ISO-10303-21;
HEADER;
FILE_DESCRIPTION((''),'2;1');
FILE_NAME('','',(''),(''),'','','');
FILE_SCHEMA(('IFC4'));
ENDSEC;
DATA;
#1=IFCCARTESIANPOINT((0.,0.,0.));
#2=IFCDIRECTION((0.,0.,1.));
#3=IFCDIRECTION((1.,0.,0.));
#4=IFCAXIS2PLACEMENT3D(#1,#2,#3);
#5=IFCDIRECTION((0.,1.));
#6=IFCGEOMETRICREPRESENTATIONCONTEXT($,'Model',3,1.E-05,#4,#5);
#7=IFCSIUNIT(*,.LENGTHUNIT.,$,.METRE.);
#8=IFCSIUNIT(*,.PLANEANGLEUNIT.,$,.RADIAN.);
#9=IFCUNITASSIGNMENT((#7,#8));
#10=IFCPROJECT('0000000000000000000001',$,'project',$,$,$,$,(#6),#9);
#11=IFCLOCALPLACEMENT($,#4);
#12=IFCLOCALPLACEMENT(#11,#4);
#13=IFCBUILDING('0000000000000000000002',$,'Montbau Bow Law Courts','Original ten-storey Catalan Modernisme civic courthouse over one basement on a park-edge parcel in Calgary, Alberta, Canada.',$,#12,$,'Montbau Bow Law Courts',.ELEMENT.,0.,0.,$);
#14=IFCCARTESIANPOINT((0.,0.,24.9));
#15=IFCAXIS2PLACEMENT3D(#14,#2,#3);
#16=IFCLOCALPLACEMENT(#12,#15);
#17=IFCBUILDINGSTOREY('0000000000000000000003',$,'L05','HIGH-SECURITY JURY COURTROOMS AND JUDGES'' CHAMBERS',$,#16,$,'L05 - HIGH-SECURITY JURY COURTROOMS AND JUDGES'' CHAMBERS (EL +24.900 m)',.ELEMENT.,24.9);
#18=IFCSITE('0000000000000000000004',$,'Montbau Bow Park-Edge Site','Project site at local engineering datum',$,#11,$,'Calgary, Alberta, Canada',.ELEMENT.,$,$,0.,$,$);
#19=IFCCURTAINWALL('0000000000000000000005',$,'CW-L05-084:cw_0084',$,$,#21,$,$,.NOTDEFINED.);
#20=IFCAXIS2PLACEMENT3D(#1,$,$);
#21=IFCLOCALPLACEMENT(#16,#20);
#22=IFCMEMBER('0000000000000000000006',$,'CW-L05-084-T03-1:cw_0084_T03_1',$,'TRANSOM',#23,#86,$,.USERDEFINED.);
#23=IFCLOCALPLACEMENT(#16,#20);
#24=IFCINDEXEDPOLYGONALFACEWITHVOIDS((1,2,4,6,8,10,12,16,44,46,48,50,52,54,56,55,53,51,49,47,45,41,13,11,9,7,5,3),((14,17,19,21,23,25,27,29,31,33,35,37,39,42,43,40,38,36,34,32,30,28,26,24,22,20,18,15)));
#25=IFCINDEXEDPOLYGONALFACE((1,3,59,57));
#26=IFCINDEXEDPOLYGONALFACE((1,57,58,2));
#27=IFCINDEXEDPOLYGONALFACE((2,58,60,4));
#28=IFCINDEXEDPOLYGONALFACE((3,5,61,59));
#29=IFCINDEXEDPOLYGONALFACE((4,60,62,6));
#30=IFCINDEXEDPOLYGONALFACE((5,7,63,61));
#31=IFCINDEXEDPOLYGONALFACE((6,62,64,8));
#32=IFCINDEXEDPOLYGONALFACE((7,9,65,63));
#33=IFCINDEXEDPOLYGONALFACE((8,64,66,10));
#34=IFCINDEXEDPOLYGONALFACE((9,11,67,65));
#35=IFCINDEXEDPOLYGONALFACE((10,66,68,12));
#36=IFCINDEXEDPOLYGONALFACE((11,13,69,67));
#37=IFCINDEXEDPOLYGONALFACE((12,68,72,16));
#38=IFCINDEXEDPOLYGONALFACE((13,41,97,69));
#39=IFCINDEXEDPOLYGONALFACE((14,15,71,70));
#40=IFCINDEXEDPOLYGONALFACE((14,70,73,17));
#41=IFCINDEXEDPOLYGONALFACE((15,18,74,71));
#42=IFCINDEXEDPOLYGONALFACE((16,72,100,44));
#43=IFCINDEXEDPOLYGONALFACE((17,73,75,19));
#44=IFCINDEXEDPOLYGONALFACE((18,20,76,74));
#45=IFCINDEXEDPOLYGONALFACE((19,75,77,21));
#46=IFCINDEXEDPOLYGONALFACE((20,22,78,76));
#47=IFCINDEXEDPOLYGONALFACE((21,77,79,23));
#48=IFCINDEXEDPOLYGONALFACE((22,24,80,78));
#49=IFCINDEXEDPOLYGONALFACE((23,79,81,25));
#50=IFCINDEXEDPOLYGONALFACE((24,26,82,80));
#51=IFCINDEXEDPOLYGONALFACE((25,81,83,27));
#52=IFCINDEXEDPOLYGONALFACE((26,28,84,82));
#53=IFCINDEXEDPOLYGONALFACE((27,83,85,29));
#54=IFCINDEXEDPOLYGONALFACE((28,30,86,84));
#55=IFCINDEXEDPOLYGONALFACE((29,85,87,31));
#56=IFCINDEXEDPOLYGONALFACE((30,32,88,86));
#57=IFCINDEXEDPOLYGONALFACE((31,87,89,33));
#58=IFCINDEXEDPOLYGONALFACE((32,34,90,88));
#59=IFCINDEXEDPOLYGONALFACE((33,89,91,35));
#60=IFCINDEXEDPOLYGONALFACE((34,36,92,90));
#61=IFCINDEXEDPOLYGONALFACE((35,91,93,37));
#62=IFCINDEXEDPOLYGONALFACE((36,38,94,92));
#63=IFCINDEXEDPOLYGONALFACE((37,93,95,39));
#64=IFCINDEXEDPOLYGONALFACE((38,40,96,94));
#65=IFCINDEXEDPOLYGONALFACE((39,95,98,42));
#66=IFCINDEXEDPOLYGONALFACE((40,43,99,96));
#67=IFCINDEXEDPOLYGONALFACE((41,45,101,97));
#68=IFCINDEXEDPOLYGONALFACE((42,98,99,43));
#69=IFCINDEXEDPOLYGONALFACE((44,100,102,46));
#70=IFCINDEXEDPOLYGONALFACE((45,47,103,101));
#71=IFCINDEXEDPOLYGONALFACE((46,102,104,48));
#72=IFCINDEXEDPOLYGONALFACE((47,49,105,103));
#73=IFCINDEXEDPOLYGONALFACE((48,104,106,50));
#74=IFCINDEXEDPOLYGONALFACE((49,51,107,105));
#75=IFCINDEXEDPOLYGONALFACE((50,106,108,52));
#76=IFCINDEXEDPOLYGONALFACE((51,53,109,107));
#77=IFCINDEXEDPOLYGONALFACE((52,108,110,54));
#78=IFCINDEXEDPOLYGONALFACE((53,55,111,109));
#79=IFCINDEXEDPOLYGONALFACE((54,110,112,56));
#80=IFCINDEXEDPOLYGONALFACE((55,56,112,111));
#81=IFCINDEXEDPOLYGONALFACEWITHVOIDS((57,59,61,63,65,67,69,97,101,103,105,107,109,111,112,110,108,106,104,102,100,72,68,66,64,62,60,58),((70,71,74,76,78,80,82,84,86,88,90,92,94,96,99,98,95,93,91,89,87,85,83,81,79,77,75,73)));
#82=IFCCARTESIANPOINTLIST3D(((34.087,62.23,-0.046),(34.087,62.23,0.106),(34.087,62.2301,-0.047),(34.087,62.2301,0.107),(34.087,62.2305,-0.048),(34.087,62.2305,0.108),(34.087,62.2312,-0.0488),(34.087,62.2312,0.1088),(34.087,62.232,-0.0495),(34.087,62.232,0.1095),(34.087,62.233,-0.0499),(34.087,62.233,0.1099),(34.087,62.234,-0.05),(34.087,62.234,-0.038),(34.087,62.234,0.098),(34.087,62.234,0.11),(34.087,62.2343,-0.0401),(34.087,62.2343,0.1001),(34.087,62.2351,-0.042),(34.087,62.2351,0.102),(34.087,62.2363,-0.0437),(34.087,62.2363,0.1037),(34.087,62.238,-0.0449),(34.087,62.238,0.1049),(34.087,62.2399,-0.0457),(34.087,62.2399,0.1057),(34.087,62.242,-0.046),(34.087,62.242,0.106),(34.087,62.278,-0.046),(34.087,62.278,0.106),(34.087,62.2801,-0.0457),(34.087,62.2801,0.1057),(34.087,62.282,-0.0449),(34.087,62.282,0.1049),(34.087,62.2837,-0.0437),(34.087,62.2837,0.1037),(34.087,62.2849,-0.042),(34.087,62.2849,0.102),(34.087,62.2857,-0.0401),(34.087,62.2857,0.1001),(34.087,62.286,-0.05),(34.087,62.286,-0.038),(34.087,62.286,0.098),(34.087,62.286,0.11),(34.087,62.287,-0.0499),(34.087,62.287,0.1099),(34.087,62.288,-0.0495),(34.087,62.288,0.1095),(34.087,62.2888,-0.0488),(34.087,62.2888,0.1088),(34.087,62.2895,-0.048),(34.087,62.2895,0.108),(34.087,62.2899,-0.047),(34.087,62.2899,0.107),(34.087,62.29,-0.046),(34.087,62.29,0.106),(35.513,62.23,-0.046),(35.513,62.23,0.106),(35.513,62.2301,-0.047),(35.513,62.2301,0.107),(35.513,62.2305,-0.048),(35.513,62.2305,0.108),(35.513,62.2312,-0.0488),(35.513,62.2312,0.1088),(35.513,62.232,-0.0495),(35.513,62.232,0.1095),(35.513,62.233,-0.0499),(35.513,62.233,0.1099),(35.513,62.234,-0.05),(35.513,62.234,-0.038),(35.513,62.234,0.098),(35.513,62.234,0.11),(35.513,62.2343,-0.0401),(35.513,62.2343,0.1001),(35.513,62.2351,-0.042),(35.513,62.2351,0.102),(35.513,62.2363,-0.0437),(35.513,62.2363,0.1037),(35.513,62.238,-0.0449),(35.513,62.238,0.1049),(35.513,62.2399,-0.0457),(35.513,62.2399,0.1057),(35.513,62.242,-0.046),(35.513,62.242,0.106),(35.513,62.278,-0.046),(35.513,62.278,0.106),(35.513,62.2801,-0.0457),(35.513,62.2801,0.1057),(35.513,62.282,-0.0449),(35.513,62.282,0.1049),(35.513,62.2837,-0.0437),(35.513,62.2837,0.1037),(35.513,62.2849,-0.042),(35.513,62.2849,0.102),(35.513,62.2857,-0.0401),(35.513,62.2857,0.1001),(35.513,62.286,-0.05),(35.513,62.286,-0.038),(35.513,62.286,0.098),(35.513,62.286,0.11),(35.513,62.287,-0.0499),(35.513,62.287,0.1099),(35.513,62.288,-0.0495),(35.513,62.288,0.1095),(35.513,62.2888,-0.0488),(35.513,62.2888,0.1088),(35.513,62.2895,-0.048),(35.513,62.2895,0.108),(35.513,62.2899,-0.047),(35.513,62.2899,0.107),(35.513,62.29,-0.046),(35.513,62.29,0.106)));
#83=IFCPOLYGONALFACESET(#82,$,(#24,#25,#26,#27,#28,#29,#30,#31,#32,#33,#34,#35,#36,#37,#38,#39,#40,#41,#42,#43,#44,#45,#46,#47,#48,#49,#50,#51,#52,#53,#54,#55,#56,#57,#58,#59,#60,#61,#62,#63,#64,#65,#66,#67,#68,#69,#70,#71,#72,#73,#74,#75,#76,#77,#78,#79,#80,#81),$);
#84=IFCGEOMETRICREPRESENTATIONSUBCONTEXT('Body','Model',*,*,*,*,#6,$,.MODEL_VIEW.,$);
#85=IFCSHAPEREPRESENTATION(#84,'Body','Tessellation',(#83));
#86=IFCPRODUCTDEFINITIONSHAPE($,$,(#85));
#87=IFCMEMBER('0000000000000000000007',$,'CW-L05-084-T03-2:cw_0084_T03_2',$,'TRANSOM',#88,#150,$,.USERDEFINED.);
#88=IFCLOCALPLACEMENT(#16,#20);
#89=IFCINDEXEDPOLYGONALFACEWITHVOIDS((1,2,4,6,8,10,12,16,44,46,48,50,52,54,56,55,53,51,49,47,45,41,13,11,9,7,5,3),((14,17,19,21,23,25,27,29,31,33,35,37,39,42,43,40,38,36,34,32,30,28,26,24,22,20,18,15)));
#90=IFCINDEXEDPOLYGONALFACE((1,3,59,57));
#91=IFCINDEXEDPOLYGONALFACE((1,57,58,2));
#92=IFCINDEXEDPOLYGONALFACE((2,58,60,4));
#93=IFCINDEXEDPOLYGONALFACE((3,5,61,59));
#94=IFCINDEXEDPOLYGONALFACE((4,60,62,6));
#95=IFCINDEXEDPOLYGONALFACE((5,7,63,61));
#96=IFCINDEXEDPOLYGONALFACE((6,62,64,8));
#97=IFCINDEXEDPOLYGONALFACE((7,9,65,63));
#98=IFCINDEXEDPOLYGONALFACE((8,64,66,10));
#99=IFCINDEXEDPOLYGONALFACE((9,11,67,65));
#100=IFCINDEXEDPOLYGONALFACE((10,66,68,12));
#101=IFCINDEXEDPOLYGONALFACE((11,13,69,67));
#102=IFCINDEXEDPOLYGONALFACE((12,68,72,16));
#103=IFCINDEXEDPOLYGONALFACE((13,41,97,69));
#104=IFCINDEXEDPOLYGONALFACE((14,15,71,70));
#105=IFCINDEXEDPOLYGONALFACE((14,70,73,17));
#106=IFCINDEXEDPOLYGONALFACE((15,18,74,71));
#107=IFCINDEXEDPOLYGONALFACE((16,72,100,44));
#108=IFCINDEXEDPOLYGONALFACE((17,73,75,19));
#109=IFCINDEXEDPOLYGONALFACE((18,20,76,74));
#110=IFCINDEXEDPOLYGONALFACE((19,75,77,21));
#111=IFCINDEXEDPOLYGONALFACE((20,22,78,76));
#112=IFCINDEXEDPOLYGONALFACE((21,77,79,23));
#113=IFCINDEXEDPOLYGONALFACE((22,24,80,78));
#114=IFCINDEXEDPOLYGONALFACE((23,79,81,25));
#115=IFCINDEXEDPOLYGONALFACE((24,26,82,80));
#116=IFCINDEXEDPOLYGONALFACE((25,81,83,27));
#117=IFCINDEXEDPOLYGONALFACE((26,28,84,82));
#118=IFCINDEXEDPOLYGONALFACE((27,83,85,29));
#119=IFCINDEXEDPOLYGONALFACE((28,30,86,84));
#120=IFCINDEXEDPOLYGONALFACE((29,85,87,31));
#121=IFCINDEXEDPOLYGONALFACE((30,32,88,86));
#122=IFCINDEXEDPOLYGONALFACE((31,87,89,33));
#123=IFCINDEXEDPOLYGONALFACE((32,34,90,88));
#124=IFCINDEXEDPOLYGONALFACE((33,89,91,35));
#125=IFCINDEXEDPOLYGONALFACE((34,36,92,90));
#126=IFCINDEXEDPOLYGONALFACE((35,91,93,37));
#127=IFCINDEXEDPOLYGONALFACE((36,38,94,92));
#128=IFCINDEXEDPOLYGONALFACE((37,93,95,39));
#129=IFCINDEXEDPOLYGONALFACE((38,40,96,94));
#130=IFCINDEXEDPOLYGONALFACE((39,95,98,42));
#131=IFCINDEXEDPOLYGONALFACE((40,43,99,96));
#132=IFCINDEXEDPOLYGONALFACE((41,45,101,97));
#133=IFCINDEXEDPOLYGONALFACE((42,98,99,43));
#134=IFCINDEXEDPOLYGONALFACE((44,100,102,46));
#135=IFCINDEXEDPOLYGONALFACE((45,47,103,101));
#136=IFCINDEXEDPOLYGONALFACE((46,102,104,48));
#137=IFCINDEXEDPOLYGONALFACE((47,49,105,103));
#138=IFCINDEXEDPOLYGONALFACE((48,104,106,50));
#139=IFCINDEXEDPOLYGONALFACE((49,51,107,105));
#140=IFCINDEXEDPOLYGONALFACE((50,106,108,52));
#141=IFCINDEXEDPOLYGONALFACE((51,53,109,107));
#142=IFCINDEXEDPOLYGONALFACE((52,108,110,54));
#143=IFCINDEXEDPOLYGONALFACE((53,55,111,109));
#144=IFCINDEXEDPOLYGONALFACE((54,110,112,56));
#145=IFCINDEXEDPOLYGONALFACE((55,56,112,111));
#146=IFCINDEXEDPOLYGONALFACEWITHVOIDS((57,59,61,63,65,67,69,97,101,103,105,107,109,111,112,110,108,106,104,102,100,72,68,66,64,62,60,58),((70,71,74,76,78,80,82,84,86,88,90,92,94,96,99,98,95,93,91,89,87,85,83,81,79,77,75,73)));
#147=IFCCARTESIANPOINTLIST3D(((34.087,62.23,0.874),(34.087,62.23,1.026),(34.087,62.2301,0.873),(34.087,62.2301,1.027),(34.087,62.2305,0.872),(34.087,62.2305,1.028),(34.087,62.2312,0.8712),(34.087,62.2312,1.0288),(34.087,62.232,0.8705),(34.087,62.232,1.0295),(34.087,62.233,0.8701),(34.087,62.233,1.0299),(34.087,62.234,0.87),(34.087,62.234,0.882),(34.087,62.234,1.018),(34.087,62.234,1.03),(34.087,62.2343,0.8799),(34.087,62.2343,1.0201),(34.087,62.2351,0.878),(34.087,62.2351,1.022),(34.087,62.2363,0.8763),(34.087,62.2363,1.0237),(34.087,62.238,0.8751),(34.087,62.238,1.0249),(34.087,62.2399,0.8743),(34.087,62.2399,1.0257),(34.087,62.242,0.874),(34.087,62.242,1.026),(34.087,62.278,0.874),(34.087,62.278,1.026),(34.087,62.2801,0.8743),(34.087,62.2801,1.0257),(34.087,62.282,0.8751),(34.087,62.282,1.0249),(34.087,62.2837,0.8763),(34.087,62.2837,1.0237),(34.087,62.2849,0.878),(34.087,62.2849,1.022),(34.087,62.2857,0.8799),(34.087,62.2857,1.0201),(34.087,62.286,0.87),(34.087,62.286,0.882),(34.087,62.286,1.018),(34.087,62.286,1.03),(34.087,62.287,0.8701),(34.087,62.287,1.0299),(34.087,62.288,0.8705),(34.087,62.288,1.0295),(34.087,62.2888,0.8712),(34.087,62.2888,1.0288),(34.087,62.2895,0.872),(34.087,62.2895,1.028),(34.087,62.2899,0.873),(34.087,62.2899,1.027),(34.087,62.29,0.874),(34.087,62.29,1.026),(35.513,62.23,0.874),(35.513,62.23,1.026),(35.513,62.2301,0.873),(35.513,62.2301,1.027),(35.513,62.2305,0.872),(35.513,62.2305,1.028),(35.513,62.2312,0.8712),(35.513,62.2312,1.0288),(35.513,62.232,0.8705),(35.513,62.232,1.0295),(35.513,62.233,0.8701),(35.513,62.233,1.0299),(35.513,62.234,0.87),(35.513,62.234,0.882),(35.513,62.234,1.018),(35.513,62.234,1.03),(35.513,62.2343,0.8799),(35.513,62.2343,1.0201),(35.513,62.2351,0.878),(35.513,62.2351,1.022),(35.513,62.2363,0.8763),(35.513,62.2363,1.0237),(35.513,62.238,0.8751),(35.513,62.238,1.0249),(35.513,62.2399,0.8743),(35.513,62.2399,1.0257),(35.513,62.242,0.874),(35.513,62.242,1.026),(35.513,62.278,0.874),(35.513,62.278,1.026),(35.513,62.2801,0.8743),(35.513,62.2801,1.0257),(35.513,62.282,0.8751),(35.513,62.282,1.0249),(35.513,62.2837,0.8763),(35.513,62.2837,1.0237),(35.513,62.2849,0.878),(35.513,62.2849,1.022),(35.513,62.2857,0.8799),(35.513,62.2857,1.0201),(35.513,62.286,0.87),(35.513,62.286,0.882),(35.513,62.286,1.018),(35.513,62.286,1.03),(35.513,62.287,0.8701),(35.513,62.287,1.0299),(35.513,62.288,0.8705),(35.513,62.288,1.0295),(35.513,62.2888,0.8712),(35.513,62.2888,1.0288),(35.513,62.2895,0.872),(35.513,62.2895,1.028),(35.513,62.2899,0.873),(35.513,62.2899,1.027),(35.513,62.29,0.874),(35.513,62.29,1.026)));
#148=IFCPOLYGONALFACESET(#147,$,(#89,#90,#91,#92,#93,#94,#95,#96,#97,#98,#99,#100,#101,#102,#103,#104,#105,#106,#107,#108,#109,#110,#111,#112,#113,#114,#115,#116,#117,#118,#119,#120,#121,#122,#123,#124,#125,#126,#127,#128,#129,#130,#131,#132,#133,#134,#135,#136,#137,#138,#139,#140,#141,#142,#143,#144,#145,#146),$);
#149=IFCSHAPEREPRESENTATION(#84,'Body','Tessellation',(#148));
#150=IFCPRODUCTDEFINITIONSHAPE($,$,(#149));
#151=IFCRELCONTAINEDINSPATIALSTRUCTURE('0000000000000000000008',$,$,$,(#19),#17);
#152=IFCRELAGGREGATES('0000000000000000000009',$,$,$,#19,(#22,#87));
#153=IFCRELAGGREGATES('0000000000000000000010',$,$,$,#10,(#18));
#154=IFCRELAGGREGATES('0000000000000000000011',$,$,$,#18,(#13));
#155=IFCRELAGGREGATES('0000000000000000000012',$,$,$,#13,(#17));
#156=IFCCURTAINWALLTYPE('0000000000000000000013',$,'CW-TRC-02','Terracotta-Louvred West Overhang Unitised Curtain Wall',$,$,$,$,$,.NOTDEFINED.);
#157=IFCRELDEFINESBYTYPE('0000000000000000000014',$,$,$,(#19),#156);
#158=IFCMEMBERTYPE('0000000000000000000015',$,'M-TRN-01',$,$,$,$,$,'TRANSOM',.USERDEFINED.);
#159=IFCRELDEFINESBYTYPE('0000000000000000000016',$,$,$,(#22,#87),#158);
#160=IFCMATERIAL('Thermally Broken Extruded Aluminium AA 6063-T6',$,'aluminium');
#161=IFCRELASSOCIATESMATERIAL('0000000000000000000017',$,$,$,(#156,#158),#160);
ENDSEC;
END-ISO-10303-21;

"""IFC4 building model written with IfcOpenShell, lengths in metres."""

from ifc_helpers import new_model, si_unit, direction, frame, origin_with_axes, origin_2d_with_axis, place, context, subcontext, project, spatial, hollow_rectangle, extrude, material, material_profile, profile_set, type_object, element, aggregate, save


model = new_model("IFC4")

# Units and contexts
model_context = context("Model", 3, precision=1e-05, world=origin_with_axes(), true_north=direction((0.0, 1.0)))
body_context = subcontext(model_context, "Body", "Model", "MODEL_VIEW")
ifc_project = project(units=[si_unit("LENGTHUNIT", "METRE"), si_unit("PLANEANGLEUNIT", "RADIAN")], contexts=[model_context])

# Site, building, storey
site_placement = place(None, origin_with_axes())
site = spatial("IfcSite", under=ifc_project, at=site_placement, Name="Montbau Bow Park-Edge Site", Description="Project site at local engineering datum", LongName="Calgary, Alberta, Canada", CompositionType="ELEMENT", RefElevation=0.0)
building_placement = place(site_placement, origin_with_axes())
building = spatial("IfcBuilding", under=site, at=building_placement, Name="Montbau Bow Law Courts", Description="Original ten-storey Catalan Modernisme civic courthouse over one basement on a park-edge parcel in Calgary, Alberta, Canada.", LongName="Montbau Bow Law Courts", CompositionType="ELEMENT", ElevationOfRefHeight=0.0, ElevationOfTerrain=0.0)
storey_placement = place(building_placement, frame((0.0, 0.0, 24.9), z_axis=(0.0, 0.0, 1.0), x_axis=(1.0, 0.0, 0.0)))
storey = spatial("IfcBuildingStorey", under=building, at=storey_placement, Name="L05", Description="HIGH-SECURITY JURY COURTROOMS AND JUDGES' CHAMBERS", LongName="L05 - HIGH-SECURITY JURY COURTROOMS AND JUDGES' CHAMBERS (EL +24.900 m)", CompositionType="ELEMENT", Elevation=24.9)

# Curtain wall, members
ifc_material_1 = material(Name="Thermally Broken Extruded Aluminium AA 6063-T6", Category="aluminium")
curtain_wall_type = type_object("IfcCurtainWallType", Name="CW-TRC-02", Description="Terracotta-Louvred West Overhang Unitised Curtain Wall", PredefinedType="NOTDEFINED", material=ifc_material_1)
curtain_wall_placement = place(None, frame((31.04, 62.26, 24.9), z_axis=(0.0, 0.0, 1.0), x_axis=(1.0, 0.0, 0.0)))
curtain_wall = element("IfcCurtainWall", 1, at=curtain_wall_placement, inside=storey, type_object=curtain_wall_type, Name="CW-L05-084:cw_0084", PredefinedType="NOTDEFINED")
ifc_material_profile_1 = material_profile(ifc_material_1, hollow_rectangle(XDim=0.06, YDim=0.16, WallThickness=0.004, InnerFilletRadius=0.008, OuterFilletRadius=0.004, at=origin_2d_with_axis()), Name="CWT-160X60", Category="Main", Priority=0)
ifc_profile_set_1 = profile_set([ifc_material_profile_1], Name="Thermally Broken Extruded Aluminium AA 6063-T6")
member_type_1 = type_object("IfcMemberType", Name="M-TRN-01", ElementType="TRANSOM", PredefinedType="USERDEFINED", material=ifc_profile_set_1)
member_1_placement = place(None, frame((34.087, 62.26, 24.93), z_axis=(1.0, 0.0, 0.0), x_axis=(0.0, 1.0, 0.0)))
member_1 = element("IfcMember", 2, at=member_1_placement, type_object=member_type_1, Name="CW-L05-084-T03-1:cw_0084_T03_1", ObjectType="TRANSOM", PredefinedType="USERDEFINED", context=body_context, shape_type="SweptSolid", body=[
    extrude(hollow_rectangle(XDim=0.06, YDim=0.16, WallThickness=0.004, InnerFilletRadius=0.008, OuterFilletRadius=0.004, at=origin_2d_with_axis()), origin_with_axes(), (0.0, 0.0, 1.0), 1.426),
])
member_2_placement = place(None, frame((34.087, 62.26, 25.85), z_axis=(1.0, 0.0, 0.0), x_axis=(0.0, 1.0, 0.0)))
member_2 = element("IfcMember", 3, at=member_2_placement, type_object=member_type_1, Name="CW-L05-084-T03-2:cw_0084_T03_2", ObjectType="TRANSOM", PredefinedType="USERDEFINED", context=body_context, shape_type="SweptSolid", body=[
    extrude(hollow_rectangle(XDim=0.06, YDim=0.16, WallThickness=0.004, InnerFilletRadius=0.008, OuterFilletRadius=0.004, at=origin_2d_with_axis()), origin_with_axes(), (0.0, 0.0, 1.0), 1.426),
])
aggregate(curtain_wall, [member_1, member_2])

save(model, "model.ifc")
